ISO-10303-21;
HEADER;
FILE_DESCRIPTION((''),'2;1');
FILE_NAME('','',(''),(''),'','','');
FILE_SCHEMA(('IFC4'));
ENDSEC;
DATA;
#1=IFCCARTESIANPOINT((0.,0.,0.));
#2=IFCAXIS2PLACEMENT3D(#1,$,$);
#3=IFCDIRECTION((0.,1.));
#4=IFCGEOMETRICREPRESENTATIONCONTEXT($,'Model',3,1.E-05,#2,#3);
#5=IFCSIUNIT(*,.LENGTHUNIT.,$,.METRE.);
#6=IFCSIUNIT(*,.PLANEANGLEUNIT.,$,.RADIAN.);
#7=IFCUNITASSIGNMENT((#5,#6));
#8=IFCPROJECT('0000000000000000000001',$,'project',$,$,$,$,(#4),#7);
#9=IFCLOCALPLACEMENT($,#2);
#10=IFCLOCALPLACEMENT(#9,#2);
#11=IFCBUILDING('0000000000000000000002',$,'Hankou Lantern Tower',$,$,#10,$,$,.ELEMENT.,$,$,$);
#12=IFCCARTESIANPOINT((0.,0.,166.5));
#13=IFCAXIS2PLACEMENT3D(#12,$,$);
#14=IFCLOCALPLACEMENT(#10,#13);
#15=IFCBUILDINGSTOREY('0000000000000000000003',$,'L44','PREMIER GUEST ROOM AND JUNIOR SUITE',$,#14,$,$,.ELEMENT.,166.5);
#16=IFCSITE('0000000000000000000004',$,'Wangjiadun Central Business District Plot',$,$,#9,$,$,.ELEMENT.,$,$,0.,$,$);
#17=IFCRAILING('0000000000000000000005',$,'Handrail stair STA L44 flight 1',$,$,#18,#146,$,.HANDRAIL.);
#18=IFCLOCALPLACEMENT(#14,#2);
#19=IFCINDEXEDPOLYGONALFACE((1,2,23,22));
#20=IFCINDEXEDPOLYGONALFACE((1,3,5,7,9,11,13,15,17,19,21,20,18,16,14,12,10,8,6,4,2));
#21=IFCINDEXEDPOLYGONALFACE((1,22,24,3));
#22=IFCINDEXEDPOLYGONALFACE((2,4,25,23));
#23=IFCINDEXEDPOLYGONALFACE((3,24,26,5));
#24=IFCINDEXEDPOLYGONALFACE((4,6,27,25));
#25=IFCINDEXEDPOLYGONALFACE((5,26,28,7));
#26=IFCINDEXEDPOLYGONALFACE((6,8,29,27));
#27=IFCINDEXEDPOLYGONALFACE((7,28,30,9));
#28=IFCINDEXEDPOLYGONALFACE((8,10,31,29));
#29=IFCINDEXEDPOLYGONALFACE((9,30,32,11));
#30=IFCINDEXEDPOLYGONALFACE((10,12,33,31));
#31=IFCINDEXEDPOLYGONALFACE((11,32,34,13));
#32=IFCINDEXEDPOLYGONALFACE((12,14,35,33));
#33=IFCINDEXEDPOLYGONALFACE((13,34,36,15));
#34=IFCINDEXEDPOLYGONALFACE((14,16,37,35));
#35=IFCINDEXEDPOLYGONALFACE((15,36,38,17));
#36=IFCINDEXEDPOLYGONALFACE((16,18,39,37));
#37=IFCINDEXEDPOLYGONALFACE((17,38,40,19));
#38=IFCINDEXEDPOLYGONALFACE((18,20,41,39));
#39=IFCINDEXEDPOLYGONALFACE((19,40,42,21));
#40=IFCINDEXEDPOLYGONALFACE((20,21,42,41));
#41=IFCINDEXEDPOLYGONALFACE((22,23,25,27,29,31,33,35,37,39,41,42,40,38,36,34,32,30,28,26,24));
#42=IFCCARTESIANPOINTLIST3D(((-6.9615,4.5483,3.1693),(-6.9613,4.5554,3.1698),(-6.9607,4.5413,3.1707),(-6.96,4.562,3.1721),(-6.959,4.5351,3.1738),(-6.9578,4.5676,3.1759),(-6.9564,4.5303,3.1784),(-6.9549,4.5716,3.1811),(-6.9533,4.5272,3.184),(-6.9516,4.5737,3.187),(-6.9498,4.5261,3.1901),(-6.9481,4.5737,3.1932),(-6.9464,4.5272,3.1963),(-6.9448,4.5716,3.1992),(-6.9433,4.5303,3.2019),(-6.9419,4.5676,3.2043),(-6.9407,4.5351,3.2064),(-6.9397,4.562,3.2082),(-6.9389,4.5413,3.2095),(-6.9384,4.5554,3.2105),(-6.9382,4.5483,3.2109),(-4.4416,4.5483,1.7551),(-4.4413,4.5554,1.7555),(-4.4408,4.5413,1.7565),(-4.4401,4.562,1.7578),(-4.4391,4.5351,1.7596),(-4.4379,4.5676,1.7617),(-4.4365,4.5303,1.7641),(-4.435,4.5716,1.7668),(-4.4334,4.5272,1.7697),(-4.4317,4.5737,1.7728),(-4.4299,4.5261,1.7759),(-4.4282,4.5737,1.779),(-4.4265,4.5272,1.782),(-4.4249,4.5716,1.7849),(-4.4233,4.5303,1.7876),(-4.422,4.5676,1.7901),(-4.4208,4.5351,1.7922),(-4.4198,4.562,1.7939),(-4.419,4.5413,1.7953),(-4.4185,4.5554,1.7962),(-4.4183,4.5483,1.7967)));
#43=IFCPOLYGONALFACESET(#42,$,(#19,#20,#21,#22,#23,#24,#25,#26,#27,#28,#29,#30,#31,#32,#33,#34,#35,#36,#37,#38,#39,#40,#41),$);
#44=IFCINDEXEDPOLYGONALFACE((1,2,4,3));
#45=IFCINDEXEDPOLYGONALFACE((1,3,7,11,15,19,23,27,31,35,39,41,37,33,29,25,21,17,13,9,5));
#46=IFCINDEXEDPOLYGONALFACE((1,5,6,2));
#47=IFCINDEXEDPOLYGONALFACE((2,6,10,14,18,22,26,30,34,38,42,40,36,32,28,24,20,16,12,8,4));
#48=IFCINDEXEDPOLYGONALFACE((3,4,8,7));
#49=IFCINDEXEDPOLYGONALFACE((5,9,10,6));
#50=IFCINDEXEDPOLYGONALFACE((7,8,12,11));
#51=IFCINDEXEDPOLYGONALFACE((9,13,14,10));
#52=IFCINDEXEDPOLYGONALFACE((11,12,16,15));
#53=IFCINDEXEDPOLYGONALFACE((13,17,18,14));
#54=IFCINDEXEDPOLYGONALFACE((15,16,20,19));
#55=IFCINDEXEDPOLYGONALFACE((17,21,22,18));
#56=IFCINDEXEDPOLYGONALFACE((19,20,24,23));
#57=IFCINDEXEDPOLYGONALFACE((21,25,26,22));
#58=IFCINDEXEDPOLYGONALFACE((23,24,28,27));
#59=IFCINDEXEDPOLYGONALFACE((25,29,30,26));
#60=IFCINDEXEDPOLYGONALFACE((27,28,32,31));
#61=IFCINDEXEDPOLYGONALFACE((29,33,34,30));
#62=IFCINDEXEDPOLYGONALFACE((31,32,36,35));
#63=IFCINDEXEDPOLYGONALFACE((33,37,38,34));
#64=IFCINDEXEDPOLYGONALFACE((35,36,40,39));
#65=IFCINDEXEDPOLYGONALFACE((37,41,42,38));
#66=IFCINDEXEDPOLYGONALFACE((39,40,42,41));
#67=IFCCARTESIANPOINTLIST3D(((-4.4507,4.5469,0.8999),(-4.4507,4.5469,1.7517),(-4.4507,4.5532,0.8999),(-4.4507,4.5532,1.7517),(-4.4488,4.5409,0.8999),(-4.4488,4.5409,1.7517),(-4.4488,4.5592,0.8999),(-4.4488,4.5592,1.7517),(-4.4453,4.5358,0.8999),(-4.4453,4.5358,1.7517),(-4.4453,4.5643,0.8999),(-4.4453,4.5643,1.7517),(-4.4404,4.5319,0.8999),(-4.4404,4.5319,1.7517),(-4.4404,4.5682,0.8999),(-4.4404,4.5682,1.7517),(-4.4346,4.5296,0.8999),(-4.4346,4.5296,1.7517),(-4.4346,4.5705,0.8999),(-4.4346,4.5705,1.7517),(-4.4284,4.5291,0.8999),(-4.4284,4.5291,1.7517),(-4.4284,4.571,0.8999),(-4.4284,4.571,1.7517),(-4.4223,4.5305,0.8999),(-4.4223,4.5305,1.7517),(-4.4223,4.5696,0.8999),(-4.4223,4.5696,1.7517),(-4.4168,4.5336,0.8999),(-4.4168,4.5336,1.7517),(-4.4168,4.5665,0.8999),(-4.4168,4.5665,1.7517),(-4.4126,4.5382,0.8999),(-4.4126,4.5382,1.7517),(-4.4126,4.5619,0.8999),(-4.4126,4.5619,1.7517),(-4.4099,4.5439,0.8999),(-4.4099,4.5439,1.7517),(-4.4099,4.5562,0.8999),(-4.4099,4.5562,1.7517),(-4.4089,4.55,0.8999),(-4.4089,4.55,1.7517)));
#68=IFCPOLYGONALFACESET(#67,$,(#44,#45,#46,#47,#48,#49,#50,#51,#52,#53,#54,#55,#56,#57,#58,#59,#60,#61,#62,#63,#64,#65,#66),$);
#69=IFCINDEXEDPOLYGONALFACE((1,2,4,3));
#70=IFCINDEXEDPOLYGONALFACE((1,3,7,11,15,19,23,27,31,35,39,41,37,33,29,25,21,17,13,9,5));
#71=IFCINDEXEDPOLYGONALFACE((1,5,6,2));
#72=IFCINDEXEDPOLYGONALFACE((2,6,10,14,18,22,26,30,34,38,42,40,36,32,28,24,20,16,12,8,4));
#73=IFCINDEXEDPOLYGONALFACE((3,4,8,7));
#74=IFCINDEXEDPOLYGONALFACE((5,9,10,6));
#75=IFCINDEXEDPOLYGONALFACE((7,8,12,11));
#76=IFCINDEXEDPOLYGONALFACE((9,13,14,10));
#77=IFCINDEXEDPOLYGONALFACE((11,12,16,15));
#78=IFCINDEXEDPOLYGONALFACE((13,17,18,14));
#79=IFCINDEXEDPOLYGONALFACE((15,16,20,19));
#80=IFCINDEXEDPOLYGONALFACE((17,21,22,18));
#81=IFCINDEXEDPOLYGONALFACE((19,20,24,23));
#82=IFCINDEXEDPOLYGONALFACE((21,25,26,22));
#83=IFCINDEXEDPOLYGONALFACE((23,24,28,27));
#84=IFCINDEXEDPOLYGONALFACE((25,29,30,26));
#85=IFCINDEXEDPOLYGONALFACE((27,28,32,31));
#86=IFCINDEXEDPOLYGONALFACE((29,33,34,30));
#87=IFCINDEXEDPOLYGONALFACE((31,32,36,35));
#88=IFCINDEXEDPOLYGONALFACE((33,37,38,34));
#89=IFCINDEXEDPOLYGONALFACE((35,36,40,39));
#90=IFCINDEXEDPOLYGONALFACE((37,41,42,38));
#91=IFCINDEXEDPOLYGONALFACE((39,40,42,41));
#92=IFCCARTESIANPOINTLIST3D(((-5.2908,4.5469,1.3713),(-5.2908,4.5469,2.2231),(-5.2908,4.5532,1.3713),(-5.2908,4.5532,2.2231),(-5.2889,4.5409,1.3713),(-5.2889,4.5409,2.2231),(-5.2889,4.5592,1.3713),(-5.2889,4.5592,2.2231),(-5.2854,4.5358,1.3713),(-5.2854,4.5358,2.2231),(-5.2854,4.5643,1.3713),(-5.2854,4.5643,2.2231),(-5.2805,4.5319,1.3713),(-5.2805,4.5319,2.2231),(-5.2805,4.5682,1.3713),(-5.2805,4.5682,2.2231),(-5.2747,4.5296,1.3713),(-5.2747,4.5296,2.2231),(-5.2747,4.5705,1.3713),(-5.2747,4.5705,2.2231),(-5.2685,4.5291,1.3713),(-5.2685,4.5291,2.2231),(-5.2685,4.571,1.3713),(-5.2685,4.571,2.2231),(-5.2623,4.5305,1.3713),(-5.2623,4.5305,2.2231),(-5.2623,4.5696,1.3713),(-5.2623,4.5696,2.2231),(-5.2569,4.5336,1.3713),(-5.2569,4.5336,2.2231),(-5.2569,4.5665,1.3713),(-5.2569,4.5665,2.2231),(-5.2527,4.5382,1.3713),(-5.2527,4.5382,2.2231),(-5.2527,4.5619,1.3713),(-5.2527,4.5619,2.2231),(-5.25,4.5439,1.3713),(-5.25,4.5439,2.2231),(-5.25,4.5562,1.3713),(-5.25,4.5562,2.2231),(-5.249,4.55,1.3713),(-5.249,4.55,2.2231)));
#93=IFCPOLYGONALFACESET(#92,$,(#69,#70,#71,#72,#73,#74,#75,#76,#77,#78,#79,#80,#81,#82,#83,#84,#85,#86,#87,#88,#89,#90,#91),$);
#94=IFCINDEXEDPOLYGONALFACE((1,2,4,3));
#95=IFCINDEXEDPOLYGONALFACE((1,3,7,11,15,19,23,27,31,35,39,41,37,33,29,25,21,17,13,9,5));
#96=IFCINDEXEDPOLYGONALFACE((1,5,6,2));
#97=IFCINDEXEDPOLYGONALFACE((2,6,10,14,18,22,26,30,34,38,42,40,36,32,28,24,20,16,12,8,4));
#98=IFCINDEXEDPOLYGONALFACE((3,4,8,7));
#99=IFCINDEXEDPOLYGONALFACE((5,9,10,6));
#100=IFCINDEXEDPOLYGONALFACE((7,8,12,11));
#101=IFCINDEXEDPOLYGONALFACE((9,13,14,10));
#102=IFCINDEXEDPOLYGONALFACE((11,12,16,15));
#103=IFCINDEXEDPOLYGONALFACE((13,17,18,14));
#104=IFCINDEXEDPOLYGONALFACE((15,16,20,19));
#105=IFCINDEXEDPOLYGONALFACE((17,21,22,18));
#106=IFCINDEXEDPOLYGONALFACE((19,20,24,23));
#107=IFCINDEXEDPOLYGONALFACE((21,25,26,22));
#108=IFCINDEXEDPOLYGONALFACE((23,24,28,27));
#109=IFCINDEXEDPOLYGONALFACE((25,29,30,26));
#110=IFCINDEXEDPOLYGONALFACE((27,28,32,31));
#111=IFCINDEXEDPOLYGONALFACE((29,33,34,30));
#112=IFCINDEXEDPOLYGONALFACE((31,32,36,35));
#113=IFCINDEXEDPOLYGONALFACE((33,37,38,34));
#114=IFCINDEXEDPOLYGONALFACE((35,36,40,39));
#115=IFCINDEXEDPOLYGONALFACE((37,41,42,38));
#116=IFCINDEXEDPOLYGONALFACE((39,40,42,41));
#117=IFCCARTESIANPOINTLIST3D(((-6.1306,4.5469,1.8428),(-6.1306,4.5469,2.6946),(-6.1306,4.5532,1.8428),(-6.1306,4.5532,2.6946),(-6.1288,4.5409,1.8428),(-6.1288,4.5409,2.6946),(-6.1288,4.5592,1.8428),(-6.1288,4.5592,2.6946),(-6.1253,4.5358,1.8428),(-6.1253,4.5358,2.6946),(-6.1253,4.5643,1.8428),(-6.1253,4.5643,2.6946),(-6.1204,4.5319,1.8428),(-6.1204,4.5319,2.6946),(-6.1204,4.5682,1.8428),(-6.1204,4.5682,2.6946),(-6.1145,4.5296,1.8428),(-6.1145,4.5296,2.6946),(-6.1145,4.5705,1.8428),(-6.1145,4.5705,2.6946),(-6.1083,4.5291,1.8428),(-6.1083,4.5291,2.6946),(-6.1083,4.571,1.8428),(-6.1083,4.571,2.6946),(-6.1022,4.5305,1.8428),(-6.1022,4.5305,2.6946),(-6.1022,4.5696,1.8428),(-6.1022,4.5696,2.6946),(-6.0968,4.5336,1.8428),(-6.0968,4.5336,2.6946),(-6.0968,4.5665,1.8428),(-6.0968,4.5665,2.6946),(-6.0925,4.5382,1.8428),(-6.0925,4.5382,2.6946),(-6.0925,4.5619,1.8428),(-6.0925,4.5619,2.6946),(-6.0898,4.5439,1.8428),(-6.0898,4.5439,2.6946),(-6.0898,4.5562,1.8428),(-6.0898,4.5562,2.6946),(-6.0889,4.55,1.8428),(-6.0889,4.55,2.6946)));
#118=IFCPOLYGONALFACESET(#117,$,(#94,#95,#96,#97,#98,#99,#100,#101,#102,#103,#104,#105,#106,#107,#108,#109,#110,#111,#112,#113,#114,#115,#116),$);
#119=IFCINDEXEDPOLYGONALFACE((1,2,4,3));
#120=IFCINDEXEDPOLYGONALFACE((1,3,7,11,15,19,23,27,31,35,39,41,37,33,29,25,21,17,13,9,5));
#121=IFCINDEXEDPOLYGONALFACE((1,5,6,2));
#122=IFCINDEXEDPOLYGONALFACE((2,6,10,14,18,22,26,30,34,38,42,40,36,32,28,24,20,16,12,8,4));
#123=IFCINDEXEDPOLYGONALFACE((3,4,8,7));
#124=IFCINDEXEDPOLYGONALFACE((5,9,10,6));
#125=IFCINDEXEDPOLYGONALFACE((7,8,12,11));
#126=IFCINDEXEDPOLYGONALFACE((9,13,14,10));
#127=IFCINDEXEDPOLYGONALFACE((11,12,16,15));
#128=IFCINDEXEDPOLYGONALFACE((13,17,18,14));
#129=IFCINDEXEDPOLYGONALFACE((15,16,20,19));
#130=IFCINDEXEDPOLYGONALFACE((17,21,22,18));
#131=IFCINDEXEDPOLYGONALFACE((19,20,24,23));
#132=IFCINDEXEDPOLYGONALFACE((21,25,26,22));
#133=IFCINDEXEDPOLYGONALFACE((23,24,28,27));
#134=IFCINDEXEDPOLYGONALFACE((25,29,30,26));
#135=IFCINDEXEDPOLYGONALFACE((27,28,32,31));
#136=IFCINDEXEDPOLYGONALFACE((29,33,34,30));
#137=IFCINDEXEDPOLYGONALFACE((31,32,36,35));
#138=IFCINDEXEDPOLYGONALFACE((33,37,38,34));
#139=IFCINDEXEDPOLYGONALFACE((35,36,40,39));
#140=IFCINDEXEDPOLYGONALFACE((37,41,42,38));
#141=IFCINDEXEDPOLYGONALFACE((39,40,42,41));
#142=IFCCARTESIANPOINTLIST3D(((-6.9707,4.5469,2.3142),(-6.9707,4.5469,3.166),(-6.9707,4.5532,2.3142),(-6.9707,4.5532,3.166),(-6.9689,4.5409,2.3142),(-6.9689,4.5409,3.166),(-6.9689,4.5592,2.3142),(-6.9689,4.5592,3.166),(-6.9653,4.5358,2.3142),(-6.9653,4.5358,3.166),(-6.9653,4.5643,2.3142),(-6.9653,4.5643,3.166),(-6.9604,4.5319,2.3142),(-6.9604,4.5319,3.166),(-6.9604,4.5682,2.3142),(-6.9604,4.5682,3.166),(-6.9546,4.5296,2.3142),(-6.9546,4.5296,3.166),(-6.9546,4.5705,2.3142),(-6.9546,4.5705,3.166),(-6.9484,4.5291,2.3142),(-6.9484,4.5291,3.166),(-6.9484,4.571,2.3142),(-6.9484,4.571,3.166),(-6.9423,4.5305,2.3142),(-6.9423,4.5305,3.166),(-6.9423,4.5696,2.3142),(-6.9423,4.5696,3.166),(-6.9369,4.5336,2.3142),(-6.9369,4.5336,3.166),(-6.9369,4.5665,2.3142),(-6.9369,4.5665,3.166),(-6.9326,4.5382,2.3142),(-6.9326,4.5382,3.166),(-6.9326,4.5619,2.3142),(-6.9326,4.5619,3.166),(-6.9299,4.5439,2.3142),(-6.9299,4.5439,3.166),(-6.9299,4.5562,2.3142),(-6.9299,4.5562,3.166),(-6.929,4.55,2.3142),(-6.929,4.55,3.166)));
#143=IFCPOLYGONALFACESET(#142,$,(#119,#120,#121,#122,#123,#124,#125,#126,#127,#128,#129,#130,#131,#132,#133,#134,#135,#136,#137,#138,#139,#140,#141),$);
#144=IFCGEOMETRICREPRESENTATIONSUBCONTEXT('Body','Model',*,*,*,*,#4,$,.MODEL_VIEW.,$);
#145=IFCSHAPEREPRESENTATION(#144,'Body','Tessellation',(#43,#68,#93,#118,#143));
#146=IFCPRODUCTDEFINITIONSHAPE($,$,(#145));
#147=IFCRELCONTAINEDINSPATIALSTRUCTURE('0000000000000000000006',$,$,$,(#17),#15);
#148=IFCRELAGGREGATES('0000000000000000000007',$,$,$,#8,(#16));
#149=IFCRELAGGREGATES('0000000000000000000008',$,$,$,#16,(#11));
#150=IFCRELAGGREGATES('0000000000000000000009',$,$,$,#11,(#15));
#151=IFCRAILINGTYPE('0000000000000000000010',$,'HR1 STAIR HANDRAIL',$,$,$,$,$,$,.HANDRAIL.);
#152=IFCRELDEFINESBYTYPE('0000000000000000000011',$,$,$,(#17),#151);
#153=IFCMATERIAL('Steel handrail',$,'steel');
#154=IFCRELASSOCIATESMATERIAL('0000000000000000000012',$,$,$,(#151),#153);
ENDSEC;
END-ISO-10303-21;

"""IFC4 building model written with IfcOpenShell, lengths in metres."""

from ifc_helpers import new_model, si_unit, direction, frame, origin, origin_2d, place, context, subcontext, project, spatial, circle, extrude, material, type_object, element, save


model = new_model("IFC4")

# Units and contexts
model_context = context("Model", 3, precision=1e-05, world=origin(), true_north=direction((0.0, 1.0)))
body_context = subcontext(model_context, "Body", "Model", "MODEL_VIEW")
ifc_project = project(units=[si_unit("LENGTHUNIT", "METRE"), si_unit("PLANEANGLEUNIT", "RADIAN")], contexts=[model_context])

# Site, building, storey
site_placement = place(None, origin())
site = spatial("IfcSite", under=ifc_project, at=site_placement, Name="Wangjiadun Central Business District Plot", CompositionType="ELEMENT", RefElevation=0.0)
building_placement = place(site_placement, origin())
building = spatial("IfcBuilding", under=site, at=building_placement, Name="Hankou Lantern Tower", CompositionType="ELEMENT")
storey_placement = place(building_placement, frame((0.0, 0.0, 166.5)))
storey = spatial("IfcBuildingStorey", under=building, at=storey_placement, Name="L44", Description="PREMIER GUEST ROOM AND JUNIOR SUITE", CompositionType="ELEMENT", Elevation=166.5)

# Railing
ifc_material_1 = material(Name="Steel handrail", Category="steel")
railing_type = type_object("IfcRailingType", Name="HR1 STAIR HANDRAIL", PredefinedType="HANDRAIL", material=ifc_material_1)
railing_1_placement = place(storey_placement, frame((-4.4299, 4.55, 0.8999)))
element("IfcRailing", 1, at=railing_1_placement, inside=storey, type_object=railing_type, Name="Handrail stair STA L44 flight 1", PredefinedType="HANDRAIL", context=body_context, shape_type="SweptSolid", body=[
    extrude(circle(Radius=0.0239, at=origin_2d()), frame((0.0, 0.0, 0.876), z_axis=(-0.872049, 0.0, 0.489419), x_axis=(0.0, -1.0, 0.0)), (0.0, 0.0, 1.0), 2.8896),
    extrude(circle(Radius=0.021, at=origin_2d()), origin(), (0.0, 0.0, 1.0), 0.8518),
    extrude(circle(Radius=0.021, at=origin_2d()), frame((-0.8401, 0.0, 0.4714)), (0.0, 0.0, 1.0), 0.8518),
    extrude(circle(Radius=0.021, at=origin_2d()), frame((-1.6799, 0.0, 0.9429)), (0.0, 0.0, 1.0), 0.8518),
    extrude(circle(Radius=0.021, at=origin_2d()), frame((-2.52, 0.0, 1.4143)), (0.0, 0.0, 1.0), 0.8518),
])

save(model, "model.ifc")
